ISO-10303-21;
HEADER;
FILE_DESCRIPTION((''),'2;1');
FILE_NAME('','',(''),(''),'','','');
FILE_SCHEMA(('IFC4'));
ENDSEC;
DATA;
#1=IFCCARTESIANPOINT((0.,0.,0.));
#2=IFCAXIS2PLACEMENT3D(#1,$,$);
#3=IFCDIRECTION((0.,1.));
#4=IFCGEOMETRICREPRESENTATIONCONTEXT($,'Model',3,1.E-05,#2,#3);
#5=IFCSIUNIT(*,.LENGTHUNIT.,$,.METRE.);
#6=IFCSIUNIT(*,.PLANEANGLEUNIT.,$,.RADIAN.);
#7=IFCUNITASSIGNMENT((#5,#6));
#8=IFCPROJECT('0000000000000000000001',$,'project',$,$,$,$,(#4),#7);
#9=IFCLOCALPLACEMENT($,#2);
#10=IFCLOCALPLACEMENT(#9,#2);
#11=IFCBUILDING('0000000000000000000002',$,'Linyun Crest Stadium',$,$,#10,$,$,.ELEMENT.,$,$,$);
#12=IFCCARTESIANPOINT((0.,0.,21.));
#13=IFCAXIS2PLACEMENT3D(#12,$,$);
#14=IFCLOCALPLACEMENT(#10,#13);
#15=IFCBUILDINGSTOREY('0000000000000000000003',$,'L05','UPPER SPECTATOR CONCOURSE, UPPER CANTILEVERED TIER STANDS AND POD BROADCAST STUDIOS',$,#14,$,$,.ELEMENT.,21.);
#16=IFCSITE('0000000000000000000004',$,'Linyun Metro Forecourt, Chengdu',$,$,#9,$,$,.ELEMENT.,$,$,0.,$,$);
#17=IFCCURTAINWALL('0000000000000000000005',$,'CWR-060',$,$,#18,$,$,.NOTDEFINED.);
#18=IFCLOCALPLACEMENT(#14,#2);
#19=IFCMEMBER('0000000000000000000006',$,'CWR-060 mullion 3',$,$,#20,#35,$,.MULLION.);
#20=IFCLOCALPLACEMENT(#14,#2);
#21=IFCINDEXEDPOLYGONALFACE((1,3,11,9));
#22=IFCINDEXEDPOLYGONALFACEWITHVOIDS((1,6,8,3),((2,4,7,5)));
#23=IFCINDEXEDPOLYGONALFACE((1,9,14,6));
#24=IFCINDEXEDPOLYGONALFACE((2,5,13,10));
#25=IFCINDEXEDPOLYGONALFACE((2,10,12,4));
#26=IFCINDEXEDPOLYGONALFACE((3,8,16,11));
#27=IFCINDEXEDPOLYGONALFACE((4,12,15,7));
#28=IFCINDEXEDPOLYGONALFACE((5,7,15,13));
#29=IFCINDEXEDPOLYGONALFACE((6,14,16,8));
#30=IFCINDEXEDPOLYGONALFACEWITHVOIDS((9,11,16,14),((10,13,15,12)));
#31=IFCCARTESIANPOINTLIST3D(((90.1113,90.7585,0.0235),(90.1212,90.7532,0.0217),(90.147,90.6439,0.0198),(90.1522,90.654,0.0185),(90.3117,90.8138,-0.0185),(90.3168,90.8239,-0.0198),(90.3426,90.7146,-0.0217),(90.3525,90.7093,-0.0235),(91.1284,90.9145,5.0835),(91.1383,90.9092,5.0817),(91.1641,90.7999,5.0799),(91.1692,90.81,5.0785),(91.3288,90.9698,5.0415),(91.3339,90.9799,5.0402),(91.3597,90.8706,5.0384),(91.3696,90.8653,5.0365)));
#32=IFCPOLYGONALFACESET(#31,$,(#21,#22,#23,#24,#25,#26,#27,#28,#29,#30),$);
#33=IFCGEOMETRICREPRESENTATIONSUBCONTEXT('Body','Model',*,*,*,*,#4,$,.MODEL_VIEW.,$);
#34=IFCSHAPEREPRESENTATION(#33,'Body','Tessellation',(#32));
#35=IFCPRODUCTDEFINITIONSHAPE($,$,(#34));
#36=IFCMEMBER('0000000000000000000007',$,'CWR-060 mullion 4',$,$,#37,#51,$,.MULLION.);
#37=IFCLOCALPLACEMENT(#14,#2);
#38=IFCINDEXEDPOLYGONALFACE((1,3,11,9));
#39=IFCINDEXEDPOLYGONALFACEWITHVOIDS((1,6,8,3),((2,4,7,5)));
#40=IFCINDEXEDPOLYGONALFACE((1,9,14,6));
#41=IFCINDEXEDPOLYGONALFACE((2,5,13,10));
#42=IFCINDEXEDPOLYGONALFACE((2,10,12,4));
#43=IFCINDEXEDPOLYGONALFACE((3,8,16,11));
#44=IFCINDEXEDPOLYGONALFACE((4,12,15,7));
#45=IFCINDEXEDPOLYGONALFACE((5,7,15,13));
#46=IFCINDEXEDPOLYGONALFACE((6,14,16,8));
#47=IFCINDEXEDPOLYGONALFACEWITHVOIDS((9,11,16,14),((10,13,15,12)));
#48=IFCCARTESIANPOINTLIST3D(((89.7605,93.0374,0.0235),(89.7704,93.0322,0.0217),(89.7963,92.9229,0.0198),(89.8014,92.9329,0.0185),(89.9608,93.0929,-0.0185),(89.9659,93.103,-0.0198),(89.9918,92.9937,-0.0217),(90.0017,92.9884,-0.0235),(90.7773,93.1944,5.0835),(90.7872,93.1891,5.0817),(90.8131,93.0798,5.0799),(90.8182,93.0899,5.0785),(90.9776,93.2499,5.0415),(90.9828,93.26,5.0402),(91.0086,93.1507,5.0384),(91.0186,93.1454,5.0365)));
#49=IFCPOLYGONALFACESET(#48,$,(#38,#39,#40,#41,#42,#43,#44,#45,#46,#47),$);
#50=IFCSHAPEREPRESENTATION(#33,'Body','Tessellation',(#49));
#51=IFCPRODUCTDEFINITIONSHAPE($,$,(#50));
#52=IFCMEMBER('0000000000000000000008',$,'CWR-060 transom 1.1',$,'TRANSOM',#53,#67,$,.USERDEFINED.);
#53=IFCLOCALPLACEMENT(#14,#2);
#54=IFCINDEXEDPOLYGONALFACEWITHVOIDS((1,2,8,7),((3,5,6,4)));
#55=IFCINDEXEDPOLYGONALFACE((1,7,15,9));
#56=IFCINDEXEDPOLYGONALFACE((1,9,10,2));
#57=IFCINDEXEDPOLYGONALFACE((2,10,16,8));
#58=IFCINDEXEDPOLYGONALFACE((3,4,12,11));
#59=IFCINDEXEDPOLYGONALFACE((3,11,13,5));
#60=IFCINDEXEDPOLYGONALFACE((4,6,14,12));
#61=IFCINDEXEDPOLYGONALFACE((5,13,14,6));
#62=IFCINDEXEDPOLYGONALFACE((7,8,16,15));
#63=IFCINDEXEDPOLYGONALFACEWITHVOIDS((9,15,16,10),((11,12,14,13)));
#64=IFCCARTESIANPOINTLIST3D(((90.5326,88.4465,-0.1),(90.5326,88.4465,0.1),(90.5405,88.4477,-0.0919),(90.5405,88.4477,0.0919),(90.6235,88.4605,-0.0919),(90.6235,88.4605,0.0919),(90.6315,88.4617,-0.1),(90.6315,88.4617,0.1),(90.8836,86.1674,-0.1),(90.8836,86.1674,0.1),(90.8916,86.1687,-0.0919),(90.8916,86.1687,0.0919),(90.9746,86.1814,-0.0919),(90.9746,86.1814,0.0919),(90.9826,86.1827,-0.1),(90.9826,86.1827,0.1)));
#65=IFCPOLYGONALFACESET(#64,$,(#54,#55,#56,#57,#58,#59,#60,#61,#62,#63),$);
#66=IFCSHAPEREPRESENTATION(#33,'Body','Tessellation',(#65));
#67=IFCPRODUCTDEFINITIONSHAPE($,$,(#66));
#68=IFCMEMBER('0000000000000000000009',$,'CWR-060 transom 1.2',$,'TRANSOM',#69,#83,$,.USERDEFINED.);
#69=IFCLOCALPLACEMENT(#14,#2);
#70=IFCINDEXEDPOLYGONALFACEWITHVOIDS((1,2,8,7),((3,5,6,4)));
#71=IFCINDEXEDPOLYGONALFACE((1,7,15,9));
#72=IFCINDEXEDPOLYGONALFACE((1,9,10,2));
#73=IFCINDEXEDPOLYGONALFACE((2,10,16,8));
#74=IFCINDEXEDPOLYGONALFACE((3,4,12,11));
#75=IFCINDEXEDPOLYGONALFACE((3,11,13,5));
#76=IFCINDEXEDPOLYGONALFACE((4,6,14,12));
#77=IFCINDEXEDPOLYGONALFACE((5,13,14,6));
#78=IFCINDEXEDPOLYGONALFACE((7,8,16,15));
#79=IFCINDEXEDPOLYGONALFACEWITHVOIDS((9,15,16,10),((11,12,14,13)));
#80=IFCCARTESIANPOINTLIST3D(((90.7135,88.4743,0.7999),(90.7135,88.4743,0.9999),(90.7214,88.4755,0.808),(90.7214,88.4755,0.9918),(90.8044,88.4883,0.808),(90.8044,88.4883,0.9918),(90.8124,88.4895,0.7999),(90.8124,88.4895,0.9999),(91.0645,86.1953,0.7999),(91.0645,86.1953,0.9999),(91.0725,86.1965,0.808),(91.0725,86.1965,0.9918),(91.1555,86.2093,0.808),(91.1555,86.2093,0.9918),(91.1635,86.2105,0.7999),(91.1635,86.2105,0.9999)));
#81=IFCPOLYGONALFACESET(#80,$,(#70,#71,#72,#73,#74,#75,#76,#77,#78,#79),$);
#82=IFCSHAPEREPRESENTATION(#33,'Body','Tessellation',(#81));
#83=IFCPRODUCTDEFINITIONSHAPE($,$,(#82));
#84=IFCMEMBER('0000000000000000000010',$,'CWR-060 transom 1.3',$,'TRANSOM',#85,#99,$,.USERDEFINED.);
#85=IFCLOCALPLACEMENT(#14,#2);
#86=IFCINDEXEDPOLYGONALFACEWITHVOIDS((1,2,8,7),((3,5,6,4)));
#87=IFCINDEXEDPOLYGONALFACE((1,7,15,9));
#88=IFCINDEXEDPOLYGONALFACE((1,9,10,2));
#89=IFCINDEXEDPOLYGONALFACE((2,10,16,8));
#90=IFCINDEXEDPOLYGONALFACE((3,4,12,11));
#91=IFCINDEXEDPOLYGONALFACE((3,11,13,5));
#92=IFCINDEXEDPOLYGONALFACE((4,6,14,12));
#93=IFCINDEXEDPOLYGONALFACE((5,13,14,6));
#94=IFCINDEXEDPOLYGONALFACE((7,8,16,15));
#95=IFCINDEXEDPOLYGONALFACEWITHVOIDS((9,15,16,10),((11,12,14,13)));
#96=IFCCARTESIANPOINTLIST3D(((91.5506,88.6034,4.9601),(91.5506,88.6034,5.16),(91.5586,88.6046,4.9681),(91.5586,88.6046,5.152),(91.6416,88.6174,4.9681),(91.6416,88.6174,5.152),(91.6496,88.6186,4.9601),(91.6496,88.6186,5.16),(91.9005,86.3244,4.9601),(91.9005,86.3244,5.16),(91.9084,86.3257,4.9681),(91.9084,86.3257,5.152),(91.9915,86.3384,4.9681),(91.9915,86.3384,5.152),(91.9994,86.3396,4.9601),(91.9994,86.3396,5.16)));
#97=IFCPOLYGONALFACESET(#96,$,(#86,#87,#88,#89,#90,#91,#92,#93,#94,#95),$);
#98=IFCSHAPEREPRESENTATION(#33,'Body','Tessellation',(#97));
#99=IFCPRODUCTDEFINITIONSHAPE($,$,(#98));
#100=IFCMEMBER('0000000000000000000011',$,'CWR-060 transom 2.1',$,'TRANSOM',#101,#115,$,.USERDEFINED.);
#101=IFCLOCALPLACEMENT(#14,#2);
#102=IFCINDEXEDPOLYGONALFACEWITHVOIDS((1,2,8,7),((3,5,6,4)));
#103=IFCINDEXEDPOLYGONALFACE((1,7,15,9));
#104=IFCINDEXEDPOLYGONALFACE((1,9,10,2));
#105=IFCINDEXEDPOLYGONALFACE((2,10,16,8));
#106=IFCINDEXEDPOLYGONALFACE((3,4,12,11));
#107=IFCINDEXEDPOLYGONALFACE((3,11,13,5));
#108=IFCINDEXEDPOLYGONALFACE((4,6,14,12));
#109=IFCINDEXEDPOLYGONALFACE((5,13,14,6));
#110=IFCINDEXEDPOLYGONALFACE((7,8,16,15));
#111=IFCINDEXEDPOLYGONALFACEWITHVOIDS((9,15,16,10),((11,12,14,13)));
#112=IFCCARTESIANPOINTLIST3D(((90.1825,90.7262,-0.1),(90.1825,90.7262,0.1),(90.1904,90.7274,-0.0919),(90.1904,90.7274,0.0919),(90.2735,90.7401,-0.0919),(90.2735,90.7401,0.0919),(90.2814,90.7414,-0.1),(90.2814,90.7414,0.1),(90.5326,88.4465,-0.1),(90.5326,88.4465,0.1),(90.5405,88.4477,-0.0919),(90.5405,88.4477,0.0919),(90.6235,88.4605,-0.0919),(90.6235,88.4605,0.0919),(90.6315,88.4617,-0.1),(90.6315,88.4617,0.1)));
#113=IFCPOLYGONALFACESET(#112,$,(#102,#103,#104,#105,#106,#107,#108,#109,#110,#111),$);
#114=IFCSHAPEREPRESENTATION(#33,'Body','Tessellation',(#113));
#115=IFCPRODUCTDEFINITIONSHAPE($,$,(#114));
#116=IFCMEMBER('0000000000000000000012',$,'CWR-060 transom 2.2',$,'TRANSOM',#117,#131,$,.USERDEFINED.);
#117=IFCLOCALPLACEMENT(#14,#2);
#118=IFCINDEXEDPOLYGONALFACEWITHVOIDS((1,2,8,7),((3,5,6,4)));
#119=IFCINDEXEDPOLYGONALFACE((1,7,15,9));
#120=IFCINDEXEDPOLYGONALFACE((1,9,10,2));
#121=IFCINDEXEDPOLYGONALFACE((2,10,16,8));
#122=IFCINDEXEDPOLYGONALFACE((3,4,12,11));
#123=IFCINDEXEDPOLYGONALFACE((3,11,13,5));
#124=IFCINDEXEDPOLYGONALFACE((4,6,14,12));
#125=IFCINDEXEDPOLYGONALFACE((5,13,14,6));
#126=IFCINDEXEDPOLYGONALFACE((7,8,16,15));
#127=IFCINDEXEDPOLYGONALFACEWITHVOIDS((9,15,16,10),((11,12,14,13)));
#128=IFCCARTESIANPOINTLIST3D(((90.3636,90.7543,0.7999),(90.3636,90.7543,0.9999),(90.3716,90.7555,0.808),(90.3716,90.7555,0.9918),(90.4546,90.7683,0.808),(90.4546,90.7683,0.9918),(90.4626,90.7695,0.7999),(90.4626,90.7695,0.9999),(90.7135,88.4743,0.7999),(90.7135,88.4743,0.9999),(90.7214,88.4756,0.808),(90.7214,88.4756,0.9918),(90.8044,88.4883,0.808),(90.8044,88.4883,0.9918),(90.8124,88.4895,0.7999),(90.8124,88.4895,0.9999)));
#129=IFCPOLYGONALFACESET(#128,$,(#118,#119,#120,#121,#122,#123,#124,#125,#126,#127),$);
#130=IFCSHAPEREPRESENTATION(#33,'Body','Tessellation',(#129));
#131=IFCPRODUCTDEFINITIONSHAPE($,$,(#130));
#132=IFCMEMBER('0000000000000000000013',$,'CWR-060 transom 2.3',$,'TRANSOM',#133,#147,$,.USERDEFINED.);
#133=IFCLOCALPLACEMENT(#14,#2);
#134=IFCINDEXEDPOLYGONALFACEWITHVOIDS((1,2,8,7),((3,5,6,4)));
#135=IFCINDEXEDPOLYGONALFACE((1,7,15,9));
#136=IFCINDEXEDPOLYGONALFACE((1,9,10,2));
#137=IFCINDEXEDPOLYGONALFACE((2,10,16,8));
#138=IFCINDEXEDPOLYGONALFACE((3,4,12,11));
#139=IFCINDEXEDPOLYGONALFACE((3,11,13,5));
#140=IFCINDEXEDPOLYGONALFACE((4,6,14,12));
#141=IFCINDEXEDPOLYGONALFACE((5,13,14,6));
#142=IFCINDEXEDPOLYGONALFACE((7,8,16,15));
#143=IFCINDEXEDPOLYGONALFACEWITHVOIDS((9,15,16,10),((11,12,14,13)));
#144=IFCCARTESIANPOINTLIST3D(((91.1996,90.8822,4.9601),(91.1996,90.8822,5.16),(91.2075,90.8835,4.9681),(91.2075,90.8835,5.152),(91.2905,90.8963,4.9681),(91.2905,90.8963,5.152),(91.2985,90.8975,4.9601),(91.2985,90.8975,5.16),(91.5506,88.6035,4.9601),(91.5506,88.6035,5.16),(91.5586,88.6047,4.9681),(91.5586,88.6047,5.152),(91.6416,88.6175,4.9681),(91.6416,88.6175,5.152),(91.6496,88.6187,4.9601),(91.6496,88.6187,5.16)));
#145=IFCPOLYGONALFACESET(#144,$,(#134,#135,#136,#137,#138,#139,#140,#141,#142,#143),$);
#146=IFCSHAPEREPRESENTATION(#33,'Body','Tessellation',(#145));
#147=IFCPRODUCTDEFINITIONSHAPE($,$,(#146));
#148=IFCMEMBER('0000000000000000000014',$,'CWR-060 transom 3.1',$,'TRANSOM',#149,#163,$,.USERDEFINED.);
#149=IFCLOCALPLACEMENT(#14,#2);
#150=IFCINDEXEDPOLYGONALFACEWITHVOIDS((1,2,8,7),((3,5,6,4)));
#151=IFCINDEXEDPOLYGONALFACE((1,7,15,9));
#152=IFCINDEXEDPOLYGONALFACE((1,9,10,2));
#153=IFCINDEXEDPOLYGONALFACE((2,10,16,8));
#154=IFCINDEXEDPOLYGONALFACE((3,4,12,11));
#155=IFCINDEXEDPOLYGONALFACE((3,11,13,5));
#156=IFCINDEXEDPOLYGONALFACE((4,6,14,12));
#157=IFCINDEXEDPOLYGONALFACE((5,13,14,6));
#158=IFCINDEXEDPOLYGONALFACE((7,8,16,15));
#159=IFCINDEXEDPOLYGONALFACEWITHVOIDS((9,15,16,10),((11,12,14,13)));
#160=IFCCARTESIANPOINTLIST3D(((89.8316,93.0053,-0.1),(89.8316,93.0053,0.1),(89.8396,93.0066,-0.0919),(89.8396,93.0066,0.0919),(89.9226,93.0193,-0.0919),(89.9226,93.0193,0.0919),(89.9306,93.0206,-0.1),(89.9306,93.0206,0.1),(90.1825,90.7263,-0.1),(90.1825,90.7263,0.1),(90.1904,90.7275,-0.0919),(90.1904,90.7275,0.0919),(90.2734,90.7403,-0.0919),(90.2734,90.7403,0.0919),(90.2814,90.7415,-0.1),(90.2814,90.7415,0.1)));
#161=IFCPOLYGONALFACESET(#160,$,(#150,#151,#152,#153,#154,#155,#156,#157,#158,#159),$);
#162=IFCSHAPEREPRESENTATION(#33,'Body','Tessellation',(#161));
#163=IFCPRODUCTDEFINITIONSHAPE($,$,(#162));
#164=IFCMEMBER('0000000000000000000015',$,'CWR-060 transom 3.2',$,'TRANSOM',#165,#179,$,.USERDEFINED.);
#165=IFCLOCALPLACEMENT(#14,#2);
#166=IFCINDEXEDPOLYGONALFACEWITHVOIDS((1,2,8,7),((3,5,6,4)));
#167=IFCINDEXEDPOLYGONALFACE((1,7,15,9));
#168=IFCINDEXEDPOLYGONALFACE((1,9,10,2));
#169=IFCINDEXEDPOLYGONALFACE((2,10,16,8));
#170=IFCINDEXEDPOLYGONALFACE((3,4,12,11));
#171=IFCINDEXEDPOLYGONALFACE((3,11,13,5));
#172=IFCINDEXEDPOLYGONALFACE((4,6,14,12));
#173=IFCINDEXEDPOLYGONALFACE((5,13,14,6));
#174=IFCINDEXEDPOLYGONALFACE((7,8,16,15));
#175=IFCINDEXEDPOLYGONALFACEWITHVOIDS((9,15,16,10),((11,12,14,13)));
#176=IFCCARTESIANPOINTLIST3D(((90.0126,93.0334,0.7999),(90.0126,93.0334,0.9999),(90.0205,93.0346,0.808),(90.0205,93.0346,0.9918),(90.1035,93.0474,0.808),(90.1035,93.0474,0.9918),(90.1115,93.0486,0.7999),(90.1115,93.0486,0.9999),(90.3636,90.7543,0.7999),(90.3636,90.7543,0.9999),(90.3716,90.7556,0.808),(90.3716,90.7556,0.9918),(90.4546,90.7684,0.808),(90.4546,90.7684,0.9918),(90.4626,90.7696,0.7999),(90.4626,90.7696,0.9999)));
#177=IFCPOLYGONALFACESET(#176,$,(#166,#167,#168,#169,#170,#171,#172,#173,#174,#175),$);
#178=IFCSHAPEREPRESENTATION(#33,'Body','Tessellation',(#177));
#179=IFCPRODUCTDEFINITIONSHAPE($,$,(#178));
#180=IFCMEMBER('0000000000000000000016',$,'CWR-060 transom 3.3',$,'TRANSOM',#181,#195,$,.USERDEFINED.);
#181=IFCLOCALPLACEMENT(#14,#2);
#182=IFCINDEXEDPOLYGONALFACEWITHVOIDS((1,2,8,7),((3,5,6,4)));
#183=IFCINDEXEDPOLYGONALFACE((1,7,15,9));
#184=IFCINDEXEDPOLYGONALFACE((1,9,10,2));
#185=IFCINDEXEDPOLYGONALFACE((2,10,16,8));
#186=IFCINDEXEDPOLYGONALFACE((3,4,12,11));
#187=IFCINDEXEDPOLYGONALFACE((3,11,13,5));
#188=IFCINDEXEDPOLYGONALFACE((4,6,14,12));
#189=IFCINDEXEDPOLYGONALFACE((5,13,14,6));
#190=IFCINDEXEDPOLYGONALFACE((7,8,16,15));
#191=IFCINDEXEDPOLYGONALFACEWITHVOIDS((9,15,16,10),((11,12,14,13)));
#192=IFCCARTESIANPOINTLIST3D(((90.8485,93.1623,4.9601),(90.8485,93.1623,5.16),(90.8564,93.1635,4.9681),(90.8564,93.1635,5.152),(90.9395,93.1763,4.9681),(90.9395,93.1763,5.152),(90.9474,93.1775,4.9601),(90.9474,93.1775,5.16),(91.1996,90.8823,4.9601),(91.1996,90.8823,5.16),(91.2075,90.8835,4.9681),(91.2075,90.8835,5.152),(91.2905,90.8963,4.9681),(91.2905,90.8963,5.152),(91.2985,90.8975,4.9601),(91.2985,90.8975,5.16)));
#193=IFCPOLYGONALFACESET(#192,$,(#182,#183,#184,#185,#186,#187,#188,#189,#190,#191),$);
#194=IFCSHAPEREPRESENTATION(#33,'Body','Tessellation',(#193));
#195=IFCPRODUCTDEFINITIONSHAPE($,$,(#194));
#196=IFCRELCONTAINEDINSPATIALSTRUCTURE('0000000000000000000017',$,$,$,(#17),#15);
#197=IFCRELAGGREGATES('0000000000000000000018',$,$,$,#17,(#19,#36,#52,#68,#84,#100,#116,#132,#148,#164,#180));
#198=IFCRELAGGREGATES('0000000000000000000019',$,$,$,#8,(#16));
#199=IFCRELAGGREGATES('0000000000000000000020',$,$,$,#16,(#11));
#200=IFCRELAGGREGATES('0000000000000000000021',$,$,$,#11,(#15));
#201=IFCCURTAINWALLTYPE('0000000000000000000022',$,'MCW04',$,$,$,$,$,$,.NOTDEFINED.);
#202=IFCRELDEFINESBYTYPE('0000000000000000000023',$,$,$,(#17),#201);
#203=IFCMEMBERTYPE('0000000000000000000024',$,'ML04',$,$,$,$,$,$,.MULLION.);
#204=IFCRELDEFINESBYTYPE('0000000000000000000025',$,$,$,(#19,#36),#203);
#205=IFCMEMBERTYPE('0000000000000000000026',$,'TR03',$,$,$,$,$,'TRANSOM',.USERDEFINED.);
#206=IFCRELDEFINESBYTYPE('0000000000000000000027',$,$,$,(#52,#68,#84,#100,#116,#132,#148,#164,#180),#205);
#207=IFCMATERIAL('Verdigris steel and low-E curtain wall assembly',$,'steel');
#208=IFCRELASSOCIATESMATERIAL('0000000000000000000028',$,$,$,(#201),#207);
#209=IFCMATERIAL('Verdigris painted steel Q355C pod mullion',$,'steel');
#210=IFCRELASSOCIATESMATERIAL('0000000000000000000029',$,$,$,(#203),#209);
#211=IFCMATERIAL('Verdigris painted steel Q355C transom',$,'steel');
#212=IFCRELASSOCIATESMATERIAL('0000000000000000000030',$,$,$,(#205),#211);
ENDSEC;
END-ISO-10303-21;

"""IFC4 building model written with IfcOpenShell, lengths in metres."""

from ifc_helpers import new_model, si_unit, direction, frame, origin, origin_2d, place, context, subcontext, project, spatial, hollow_rectangle, extrude, material, material_profile, profile_set, type_object, element, aggregate, save


model = new_model("IFC4")

# Units and contexts
model_context = context("Model", 3, precision=1e-05, world=origin(), true_north=direction((0.0, 1.0)))
body_context = subcontext(model_context, "Body", "Model", "MODEL_VIEW")
ifc_project = project(units=[si_unit("LENGTHUNIT", "METRE"), si_unit("PLANEANGLEUNIT", "RADIAN")], contexts=[model_context])

# Site, building, storey
site_placement = place(None, origin())
site = spatial("IfcSite", under=ifc_project, at=site_placement, Name="Linyun Metro Forecourt, Chengdu", CompositionType="ELEMENT", RefElevation=0.0)
building_placement = place(site_placement, origin())
building = spatial("IfcBuilding", under=site, at=building_placement, Name="Linyun Crest Stadium", CompositionType="ELEMENT")
storey_placement = place(building_placement, frame((0.0, 0.0, 21.0)))
storey = spatial("IfcBuildingStorey", under=building, at=storey_placement, Name="L05", Description="UPPER SPECTATOR CONCOURSE, UPPER CANTILEVERED TIER STANDS AND POD BROADCAST STUDIOS", CompositionType="ELEMENT", Elevation=21.0)

# Shared definitions
ifc_material_1 = material(Name="Verdigris steel and low-E curtain wall assembly", Category="steel")
curtain_wall_type = type_object("IfcCurtainWallType", Name="MCW04", PredefinedType="NOTDEFINED", material=ifc_material_1)
ifc_material_2 = material(Name="Verdigris painted steel Q355C pod mullion", Category="steel")
ifc_material_profile_1 = material_profile(ifc_material_2, hollow_rectangle(XDim=0.1201, YDim=0.22, WallThickness=0.0081, at=origin_2d()), Name="RHS 220x120x8")
ifc_profile_set_1 = profile_set([ifc_material_profile_1], Name="Verdigris painted steel Q355C pod mullion")
member_type_1 = type_object("IfcMemberType", Name="ML04", PredefinedType="MULLION", material=ifc_profile_set_1)

# Curtain wall, members
curtain_wall_1_placement = place(storey_placement, origin())
curtain_wall_1 = element("IfcCurtainWall", 1, at=curtain_wall_1_placement, inside=storey, type_object=curtain_wall_type, Name="CWR-060", PredefinedType="NOTDEFINED")
member_1_placement = place(storey_placement, frame((90.2319, 90.7339, 0.0), z_axis=(0.196972, 0.030212, 0.979943), x_axis=(0.297196, -0.954335, -0.030314)))
member_1 = element("IfcMember", 2, at=member_1_placement, type_object=member_type_1, Name="CWR-060 mullion 3", PredefinedType="MULLION", context=body_context, shape_type="SweptSolid", body=[
    extrude(hollow_rectangle(XDim=0.1201, YDim=0.22, WallThickness=0.0081, at=origin_2d()), origin(), (0.0, 0.0, 1.0), 5.1636),
])
member_2_placement = place(storey_placement, frame((89.8811, 93.0129, 0.0), z_axis=(0.196926, 0.030402, 0.979947), x_axis=(0.298126, -0.954045, -0.030312)))
member_2 = element("IfcMember", 3, at=member_2_placement, type_object=member_type_1, Name="CWR-060 mullion 4", PredefinedType="MULLION", context=body_context, shape_type="SweptSolid", body=[
    extrude(hollow_rectangle(XDim=0.1201, YDim=0.22, WallThickness=0.0081, at=origin_2d()), origin(), (0.0, 0.0, 1.0), 5.1636),
])
ifc_material_3 = material(Name="Verdigris painted steel Q355C transom", Category="steel")
ifc_material_profile_2 = material_profile(ifc_material_3, hollow_rectangle(XDim=0.1001, YDim=0.2, WallThickness=0.0081, at=origin_2d()), Name="RHS 200x100x8")
ifc_profile_set_2 = profile_set([ifc_material_profile_2], Name="Verdigris painted steel Q355C transom")
member_type_2 = type_object("IfcMemberType", Name="TR03", ElementType="TRANSOM", PredefinedType="USERDEFINED", material=ifc_profile_set_2)
member_3_placement = place(storey_placement, frame((90.9331, 86.175, 0.0), z_axis=(-0.152248, 0.988342, 0.0), x_axis=(-0.988342, -0.152248, 0.0)))
member_3 = element("IfcMember", 4, at=member_3_placement, type_object=member_type_2, Name="CWR-060 transom 1.1", ObjectType="TRANSOM", PredefinedType="USERDEFINED", context=body_context, shape_type="SweptSolid", body=[
    extrude(hollow_rectangle(XDim=0.1001, YDim=0.2, WallThickness=0.0081, at=origin_2d()), origin(), (0.0, 0.0, 1.0), 2.3059),
])
member_4_placement = place(storey_placement, frame((91.114, 86.2029, 0.8999), z_axis=(-0.152248, 0.988342, 0.0), x_axis=(-0.988342, -0.152248, 0.0)))
member_4 = element("IfcMember", 5, at=member_4_placement, type_object=member_type_2, Name="CWR-060 transom 1.2", ObjectType="TRANSOM", PredefinedType="USERDEFINED", context=body_context, shape_type="SweptSolid", body=[
    extrude(hollow_rectangle(XDim=0.1001, YDim=0.2, WallThickness=0.0081, at=origin_2d()), origin(), (0.0, 0.0, 1.0), 2.3059),
])
member_5_placement = place(storey_placement, frame((91.95, 86.332, 5.0601), z_axis=(-0.151731, 0.988422, 0.0), x_axis=(-0.988422, -0.151731, 0.0)))
member_5 = element("IfcMember", 6, at=member_5_placement, type_object=member_type_2, Name="CWR-060 transom 1.3", ObjectType="TRANSOM", PredefinedType="USERDEFINED", context=body_context, shape_type="SweptSolid", body=[
    extrude(hollow_rectangle(XDim=0.1001, YDim=0.2, WallThickness=0.0081, at=origin_2d()), origin(), (0.0, 0.0, 1.0), 2.3057),
])
member_6_placement = place(storey_placement, frame((90.582, 88.4541, 0.0), z_axis=(-0.151787, 0.988413, 0.0), x_axis=(-0.988413, -0.151787, 0.0)))
member_6 = element("IfcMember", 7, at=member_6_placement, type_object=member_type_2, Name="CWR-060 transom 2.1", ObjectType="TRANSOM", PredefinedType="USERDEFINED", context=body_context, shape_type="SweptSolid", body=[
    extrude(hollow_rectangle(XDim=0.1001, YDim=0.2, WallThickness=0.0081, at=origin_2d()), origin(), (0.0, 0.0, 1.0), 2.3064),
])
member_7_placement = place(storey_placement, frame((90.7629, 88.4819, 0.8999), z_axis=(-0.151667, 0.988432, 0.0), x_axis=(-0.988432, -0.151667, 0.0)))
member_7 = element("IfcMember", 8, at=member_7_placement, type_object=member_type_2, Name="CWR-060 transom 2.2", ObjectType="TRANSOM", PredefinedType="USERDEFINED", context=body_context, shape_type="SweptSolid", body=[
    extrude(hollow_rectangle(XDim=0.1001, YDim=0.2, WallThickness=0.0081, at=origin_2d()), origin(), (0.0, 0.0, 1.0), 2.3066),
])
member_8_placement = place(storey_placement, frame((91.6001, 88.6111, 5.0601), z_axis=(-0.152264, 0.98834, 0.0), x_axis=(-0.98834, -0.152264, 0.0)))
member_8 = element("IfcMember", 9, at=member_8_placement, type_object=member_type_2, Name="CWR-060 transom 2.3", ObjectType="TRANSOM", PredefinedType="USERDEFINED", context=body_context, shape_type="SweptSolid", body=[
    extrude(hollow_rectangle(XDim=0.1001, YDim=0.2, WallThickness=0.0081, at=origin_2d()), origin(), (0.0, 0.0, 1.0), 2.3057),
])
member_9_placement = place(storey_placement, frame((90.2319, 90.7339, 0.0), z_axis=(-0.152145, 0.988358, 0.0), x_axis=(-0.988358, -0.152145, 0.0)))
member_9 = element("IfcMember", 10, at=member_9_placement, type_object=member_type_2, Name="CWR-060 transom 3.1", ObjectType="TRANSOM", PredefinedType="USERDEFINED", context=body_context, shape_type="SweptSolid", body=[
    extrude(hollow_rectangle(XDim=0.1001, YDim=0.2, WallThickness=0.0081, at=origin_2d()), origin(), (0.0, 0.0, 1.0), 2.3059),
])
member_10_placement = place(storey_placement, frame((90.4131, 90.762, 0.8999), z_axis=(-0.152248, 0.988342, 0.0), x_axis=(-0.988342, -0.152248, 0.0)))
member_10 = element("IfcMember", 11, at=member_10_placement, type_object=member_type_2, Name="CWR-060 transom 3.2", ObjectType="TRANSOM", PredefinedType="USERDEFINED", context=body_context, shape_type="SweptSolid", body=[
    extrude(hollow_rectangle(XDim=0.1001, YDim=0.2, WallThickness=0.0081, at=origin_2d()), origin(), (0.0, 0.0, 1.0), 2.3059),
])
member_11_placement = place(storey_placement, frame((91.249, 90.8899, 5.0601), z_axis=(-0.152184, 0.988352, 0.0), x_axis=(-0.988352, -0.152184, 0.0)))
member_11 = element("IfcMember", 12, at=member_11_placement, type_object=member_type_2, Name="CWR-060 transom 3.3", ObjectType="TRANSOM", PredefinedType="USERDEFINED", context=body_context, shape_type="SweptSolid", body=[
    extrude(hollow_rectangle(XDim=0.1001, YDim=0.2, WallThickness=0.0081, at=origin_2d()), origin(), (0.0, 0.0, 1.0), 2.3069),
])
aggregate(curtain_wall_1, [member_1, member_2, member_3, member_4, member_5, member_6, member_7, member_8, member_9, member_10, member_11])

save(model, "model.ifc")
